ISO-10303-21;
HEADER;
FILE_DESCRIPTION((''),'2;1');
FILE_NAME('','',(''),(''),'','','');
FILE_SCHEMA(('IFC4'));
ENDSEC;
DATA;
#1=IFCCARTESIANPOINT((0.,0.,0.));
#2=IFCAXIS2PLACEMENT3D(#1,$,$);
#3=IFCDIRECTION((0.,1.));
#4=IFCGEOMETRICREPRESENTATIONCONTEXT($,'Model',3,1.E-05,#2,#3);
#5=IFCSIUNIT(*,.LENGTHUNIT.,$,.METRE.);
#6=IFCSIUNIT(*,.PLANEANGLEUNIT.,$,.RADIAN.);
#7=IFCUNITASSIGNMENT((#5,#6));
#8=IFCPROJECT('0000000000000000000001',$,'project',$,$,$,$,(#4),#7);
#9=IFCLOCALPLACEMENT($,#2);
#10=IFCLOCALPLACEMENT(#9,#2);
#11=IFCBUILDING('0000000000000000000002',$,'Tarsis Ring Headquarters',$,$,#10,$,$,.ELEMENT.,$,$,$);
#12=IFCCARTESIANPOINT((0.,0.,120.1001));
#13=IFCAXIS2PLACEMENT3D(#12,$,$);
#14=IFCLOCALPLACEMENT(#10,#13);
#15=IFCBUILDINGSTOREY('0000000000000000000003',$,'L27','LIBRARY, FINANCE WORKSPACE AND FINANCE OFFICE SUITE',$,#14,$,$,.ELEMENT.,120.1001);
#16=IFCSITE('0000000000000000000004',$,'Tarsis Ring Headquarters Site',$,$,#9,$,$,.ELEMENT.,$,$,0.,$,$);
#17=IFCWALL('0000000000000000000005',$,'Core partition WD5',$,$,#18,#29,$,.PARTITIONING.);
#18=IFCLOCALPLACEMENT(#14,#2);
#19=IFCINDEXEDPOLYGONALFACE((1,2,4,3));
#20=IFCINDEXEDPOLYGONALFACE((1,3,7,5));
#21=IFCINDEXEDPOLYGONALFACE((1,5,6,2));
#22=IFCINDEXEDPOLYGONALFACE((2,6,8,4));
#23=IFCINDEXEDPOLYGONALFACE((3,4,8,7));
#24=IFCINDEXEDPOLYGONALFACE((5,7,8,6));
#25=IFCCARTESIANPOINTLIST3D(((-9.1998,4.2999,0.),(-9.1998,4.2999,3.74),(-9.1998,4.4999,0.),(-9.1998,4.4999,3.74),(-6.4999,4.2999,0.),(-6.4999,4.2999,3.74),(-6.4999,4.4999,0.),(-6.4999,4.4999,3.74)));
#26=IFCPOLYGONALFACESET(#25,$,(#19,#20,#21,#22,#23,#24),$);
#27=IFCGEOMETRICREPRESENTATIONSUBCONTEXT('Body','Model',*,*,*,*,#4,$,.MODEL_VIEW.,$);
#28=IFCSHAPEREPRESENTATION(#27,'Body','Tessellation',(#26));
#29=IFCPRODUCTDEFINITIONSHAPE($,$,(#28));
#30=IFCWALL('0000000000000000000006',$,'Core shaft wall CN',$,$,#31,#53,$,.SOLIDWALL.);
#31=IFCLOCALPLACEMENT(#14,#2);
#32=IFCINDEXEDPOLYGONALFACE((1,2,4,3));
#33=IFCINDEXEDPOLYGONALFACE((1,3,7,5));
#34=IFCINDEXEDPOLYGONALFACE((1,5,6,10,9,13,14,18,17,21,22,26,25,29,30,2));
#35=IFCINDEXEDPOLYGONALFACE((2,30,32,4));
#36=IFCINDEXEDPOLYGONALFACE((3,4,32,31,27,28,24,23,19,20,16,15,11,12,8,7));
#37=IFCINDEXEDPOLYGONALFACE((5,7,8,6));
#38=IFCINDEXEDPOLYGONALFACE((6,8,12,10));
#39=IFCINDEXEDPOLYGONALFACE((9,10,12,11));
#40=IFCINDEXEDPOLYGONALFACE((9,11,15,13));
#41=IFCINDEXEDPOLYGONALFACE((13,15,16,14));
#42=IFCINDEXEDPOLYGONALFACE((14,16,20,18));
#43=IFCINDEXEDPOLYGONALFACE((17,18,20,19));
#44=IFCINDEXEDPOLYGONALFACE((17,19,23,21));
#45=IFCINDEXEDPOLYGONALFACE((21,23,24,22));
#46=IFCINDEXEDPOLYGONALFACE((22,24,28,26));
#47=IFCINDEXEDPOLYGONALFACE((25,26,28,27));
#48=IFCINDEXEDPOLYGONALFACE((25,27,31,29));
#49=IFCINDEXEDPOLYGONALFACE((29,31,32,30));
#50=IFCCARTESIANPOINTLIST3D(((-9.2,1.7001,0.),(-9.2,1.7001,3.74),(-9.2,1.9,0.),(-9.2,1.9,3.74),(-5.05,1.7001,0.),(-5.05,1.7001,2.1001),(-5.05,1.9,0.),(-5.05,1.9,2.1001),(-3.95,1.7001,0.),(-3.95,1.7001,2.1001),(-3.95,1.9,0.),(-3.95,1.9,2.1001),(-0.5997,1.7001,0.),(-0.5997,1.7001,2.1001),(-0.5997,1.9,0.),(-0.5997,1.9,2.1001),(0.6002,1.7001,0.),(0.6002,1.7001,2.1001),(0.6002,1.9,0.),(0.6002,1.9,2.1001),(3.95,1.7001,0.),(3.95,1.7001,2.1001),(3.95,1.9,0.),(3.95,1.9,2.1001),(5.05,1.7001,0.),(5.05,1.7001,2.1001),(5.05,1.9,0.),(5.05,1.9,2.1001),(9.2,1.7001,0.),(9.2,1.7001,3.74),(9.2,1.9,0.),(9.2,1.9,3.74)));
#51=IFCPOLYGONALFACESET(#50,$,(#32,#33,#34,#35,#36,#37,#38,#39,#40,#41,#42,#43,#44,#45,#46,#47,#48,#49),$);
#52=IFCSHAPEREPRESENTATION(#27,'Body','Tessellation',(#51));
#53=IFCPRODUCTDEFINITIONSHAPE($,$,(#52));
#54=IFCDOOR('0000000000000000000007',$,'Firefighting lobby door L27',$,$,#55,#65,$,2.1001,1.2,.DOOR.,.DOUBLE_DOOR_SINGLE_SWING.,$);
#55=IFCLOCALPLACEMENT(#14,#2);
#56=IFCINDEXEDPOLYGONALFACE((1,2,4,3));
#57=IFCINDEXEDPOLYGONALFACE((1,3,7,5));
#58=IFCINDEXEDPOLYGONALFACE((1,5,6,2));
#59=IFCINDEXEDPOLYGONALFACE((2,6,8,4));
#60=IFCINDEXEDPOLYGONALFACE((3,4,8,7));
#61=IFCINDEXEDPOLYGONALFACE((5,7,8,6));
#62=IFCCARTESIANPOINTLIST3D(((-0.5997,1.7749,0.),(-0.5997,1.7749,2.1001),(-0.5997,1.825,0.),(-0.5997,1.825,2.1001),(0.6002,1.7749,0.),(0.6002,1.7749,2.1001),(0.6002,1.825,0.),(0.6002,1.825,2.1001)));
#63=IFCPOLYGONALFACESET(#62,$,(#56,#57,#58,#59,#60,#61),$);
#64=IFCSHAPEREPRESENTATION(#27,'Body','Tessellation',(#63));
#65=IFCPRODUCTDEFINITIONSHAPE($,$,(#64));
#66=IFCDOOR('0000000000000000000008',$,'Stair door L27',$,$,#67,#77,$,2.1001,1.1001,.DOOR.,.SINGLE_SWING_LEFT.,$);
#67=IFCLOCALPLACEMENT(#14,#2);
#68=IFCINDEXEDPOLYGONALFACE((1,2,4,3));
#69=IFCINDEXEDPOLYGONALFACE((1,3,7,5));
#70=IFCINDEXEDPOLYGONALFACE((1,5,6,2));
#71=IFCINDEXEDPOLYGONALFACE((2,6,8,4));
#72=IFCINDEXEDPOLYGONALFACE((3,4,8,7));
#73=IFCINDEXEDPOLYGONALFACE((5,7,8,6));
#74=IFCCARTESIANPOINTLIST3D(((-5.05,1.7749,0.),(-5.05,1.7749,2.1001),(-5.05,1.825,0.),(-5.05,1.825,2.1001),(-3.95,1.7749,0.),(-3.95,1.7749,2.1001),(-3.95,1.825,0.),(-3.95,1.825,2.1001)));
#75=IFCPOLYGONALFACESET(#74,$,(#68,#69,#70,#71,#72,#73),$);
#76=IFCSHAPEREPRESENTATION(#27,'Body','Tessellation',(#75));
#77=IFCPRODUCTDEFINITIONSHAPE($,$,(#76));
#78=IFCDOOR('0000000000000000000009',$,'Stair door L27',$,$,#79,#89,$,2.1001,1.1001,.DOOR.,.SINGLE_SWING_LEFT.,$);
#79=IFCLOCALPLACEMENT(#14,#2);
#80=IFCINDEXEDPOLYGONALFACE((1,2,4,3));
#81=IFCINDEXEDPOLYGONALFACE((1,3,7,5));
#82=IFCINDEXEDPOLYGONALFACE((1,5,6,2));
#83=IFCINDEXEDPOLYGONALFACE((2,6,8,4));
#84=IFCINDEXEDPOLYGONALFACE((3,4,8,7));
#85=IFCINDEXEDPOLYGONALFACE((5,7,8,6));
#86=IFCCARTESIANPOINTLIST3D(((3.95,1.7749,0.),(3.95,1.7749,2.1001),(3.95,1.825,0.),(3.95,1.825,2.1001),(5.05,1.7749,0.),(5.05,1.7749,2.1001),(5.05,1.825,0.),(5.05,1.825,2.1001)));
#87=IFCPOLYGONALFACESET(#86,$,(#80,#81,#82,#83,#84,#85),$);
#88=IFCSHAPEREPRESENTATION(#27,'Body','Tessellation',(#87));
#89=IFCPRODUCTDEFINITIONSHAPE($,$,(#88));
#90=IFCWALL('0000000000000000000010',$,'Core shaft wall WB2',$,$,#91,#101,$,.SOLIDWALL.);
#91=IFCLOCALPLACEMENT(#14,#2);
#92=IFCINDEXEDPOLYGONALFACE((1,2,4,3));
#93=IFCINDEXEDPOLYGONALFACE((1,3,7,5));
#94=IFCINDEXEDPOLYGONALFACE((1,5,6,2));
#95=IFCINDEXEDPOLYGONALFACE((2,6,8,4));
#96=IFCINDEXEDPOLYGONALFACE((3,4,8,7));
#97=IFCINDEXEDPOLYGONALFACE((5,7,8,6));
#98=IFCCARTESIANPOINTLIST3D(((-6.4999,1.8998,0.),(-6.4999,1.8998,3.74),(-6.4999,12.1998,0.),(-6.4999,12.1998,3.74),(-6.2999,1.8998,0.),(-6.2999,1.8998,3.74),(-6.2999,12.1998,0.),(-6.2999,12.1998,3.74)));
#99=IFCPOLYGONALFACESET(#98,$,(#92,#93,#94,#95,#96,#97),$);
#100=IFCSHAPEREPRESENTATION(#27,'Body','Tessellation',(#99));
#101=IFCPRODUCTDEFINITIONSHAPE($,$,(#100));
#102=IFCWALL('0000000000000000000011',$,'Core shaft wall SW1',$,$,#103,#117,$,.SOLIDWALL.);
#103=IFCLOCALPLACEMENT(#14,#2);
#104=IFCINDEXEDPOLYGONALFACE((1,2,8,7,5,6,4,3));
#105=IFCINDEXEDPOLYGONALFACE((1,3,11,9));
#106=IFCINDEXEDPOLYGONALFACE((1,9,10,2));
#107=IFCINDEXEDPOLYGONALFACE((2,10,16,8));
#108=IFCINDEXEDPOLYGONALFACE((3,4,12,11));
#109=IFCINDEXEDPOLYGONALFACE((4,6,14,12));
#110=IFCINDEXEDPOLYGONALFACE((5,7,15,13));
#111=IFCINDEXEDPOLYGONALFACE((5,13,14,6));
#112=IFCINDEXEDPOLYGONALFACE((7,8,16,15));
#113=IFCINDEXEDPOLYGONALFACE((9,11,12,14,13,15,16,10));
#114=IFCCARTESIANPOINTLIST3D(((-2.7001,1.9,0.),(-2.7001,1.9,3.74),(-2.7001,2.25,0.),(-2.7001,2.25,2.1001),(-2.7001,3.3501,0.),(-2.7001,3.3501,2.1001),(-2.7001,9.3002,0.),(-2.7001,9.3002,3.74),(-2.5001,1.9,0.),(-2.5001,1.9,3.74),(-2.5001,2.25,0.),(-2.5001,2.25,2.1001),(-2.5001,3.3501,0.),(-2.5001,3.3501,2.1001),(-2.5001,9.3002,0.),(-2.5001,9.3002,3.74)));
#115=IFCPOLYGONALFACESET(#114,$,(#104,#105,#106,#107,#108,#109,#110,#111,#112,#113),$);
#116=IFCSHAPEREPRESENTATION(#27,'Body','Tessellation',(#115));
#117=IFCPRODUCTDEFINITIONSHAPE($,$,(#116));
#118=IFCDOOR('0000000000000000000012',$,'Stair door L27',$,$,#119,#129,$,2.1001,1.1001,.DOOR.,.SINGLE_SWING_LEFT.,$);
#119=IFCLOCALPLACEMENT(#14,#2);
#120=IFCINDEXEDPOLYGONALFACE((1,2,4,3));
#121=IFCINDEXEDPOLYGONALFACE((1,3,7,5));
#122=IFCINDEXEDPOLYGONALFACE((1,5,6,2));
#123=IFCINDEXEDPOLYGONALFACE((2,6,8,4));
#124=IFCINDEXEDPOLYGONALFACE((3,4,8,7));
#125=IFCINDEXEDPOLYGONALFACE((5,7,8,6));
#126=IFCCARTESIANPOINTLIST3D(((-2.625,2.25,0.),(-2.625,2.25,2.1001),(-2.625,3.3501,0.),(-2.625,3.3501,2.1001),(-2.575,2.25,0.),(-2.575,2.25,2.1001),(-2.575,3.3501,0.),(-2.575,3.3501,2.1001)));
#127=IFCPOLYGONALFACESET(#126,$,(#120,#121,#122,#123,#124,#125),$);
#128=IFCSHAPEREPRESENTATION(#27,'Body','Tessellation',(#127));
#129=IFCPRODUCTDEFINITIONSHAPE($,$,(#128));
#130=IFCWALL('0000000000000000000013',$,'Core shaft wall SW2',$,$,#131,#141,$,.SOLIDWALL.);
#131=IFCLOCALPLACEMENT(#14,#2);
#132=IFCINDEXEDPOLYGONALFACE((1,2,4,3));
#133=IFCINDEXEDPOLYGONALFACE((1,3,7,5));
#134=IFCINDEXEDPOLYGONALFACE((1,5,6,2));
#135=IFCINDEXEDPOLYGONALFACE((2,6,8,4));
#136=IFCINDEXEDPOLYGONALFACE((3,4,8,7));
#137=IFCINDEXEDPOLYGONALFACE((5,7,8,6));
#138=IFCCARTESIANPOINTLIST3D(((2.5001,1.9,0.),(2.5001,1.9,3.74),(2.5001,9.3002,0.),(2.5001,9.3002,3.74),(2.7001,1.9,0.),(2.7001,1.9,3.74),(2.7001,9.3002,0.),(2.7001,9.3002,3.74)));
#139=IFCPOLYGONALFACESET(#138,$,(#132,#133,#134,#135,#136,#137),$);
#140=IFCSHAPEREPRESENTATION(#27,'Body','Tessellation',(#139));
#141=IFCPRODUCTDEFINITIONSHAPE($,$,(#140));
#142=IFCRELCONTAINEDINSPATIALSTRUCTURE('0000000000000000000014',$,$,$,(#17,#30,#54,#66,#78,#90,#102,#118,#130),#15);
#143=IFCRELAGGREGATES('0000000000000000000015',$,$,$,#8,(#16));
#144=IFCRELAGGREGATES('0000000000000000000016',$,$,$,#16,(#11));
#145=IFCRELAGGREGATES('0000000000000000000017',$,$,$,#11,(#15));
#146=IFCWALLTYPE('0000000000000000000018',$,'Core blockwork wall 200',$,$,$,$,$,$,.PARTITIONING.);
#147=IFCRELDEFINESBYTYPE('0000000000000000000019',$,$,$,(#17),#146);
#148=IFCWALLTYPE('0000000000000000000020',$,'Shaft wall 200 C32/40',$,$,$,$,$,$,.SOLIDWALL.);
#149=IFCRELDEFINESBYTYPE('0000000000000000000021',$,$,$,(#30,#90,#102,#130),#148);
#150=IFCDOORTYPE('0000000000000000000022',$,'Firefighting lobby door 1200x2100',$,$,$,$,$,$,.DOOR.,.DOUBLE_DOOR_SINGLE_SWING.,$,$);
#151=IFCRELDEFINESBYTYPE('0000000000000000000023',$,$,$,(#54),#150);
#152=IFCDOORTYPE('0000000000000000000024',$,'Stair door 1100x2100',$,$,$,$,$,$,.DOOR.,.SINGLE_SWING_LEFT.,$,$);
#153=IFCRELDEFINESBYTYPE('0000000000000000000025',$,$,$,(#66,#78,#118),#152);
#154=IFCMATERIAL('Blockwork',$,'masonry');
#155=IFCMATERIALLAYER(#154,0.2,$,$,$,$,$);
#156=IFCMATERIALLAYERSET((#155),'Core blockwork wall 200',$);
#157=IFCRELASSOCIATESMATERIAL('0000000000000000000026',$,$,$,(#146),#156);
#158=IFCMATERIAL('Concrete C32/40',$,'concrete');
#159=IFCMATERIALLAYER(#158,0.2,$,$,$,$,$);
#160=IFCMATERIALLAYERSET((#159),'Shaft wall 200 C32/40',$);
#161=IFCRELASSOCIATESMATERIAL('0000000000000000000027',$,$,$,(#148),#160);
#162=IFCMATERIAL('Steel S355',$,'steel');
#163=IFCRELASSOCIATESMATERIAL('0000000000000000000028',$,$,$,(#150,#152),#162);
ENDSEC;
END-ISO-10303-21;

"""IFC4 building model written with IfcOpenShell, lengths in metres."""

from ifc_helpers import new_model, si_unit, direction, frame, frame_2d, origin, place, context, subcontext, project, spatial, rectangle, extrude, material, layer, layer_set, type_object, element, fill, save


model = new_model("IFC4")

# Units and contexts
model_context = context("Model", 3, precision=1e-05, world=origin(), true_north=direction((0.0, 1.0)))
body_context = subcontext(model_context, "Body", "Model", "MODEL_VIEW")
ifc_project = project(units=[si_unit("LENGTHUNIT", "METRE"), si_unit("PLANEANGLEUNIT", "RADIAN")], contexts=[model_context])

# Site, building, storey
site_placement = place(None, origin())
site = spatial("IfcSite", under=ifc_project, at=site_placement, Name="Tarsis Ring Headquarters Site", CompositionType="ELEMENT", RefElevation=0.0)
building_placement = place(site_placement, origin())
building = spatial("IfcBuilding", under=site, at=building_placement, Name="Tarsis Ring Headquarters", CompositionType="ELEMENT")
storey_placement = place(building_placement, frame((0.0, 0.0, 120.1001)))
storey = spatial("IfcBuildingStorey", under=building, at=storey_placement, Name="L27", Description="LIBRARY, FINANCE WORKSPACE AND FINANCE OFFICE SUITE", CompositionType="ELEMENT", Elevation=120.1001)

# Wall
ifc_material_1 = material(Name="Blockwork", Category="masonry")
ifc_layer_1 = layer(ifc_material_1, 0.2)
ifc_layer_set_1 = layer_set([ifc_layer_1], Name="Core blockwork wall 200")
wall_type_1 = type_object("IfcWallType", Name="Core blockwork wall 200", PredefinedType="PARTITIONING", material=ifc_layer_set_1)
wall_1_placement = place(storey_placement, frame((-9.2, 4.3999, 0.0), z_axis=(0.0, 0.0, 1.0), x_axis=(1.0, 0.0, 0.0)))
element("IfcWall", 1, at=wall_1_placement, inside=storey, type_object=wall_type_1, Name="Core partition WD5", PredefinedType="PARTITIONING", context=body_context, shape_type="SweptSolid", body=[
    extrude(rectangle(XDim=2.7, YDim=0.2, at=frame_2d((1.3501, 0.0))), origin(), (0.0, 0.0, 1.0), 3.74),
])

# Wall, openings, doors
ifc_material_2 = material(Name="Concrete C32/40", Category="concrete")
ifc_layer_2 = layer(ifc_material_2, 0.2)
ifc_layer_set_2 = layer_set([ifc_layer_2], Name="Shaft wall 200 C32/40")
wall_type_2 = type_object("IfcWallType", Name="Shaft wall 200 C32/40", PredefinedType="SOLIDWALL", material=ifc_layer_set_2)
wall_2_placement = place(storey_placement, frame((-9.2, 1.8, 0.0), z_axis=(0.0, 0.0, 1.0), x_axis=(1.0, 0.0, 0.0)))
wall_2 = element("IfcWall", 2, at=wall_2_placement, inside=storey, type_object=wall_type_2, Name="Core shaft wall CN", PredefinedType="SOLIDWALL", context=body_context, shape_type="SweptSolid", body=[
    extrude(rectangle(XDim=18.3999, YDim=0.2, at=frame_2d((9.2, 0.0))), origin(), (0.0, 0.0, 1.0), 3.74),
])
opening_1_placement = place(wall_2_placement, frame((4.1499, 0.0, 0.0)))
opening_1 = element("IfcOpeningElement", 3, at=opening_1_placement, cuts=wall_2, PredefinedType="OPENING", context=body_context, shape_type="SweptSolid", body=[
    extrude(rectangle(XDim=1.1001, YDim=2.1001, at=frame_2d((0.55, 1.05))), frame((0.0, 0.1099, 0.0), z_axis=(0.0, -1.0, 0.0), x_axis=(1.0, 0.0, 0.0)), (0.0, 0.0, 1.0), 0.22),
])
opening_2_placement = place(wall_2_placement, frame((8.6001, 0.0, 0.0)))
opening_2 = element("IfcOpeningElement", 4, at=opening_2_placement, cuts=wall_2, PredefinedType="OPENING", context=body_context, shape_type="SweptSolid", body=[
    extrude(rectangle(XDim=1.2, YDim=2.1001, at=frame_2d((0.6001, 1.05))), frame((0.0, 0.1099, 0.0), z_axis=(0.0, -1.0, 0.0), x_axis=(1.0, 0.0, 0.0)), (0.0, 0.0, 1.0), 0.22),
])
opening_3_placement = place(wall_2_placement, frame((13.1499, 0.0, 0.0)))
opening_3 = element("IfcOpeningElement", 5, at=opening_3_placement, cuts=wall_2, PredefinedType="OPENING", context=body_context, shape_type="SweptSolid", body=[
    extrude(rectangle(XDim=1.1001, YDim=2.1001, at=frame_2d((0.55, 1.05))), frame((0.0, 0.1099, 0.0), z_axis=(0.0, -1.0, 0.0), x_axis=(1.0, 0.0, 0.0)), (0.0, 0.0, 1.0), 0.22),
])
ifc_material_3 = material(Name="Steel S355", Category="steel")
door_type_1 = type_object("IfcDoorType", Name="Firefighting lobby door 1200x2100", OperationType="DOUBLE_DOOR_SINGLE_SWING", PredefinedType="DOOR", material=ifc_material_3)
door_1_placement = place(opening_2_placement, origin())
door_1 = element("IfcDoor", 6, at=door_1_placement, inside=storey, type_object=door_type_1, Name="Firefighting lobby door L27", OperationType="DOUBLE_DOOR_SINGLE_SWING", OverallHeight=2.1001, OverallWidth=1.2, PredefinedType="DOOR", context=body_context, shape_type="SweptSolid", body=[
    extrude(rectangle(XDim=1.2, YDim=2.1001, at=frame_2d((0.6001, 1.05))), frame((0.0, 0.0249, 0.0), z_axis=(0.0, -1.0, 0.0), x_axis=(1.0, 0.0, 0.0)), (0.0, 0.0, 1.0), 0.05),
])
fill(opening_2, door_1)
door_type_2 = type_object("IfcDoorType", Name="Stair door 1100x2100", OperationType="SINGLE_SWING_LEFT", PredefinedType="DOOR", material=ifc_material_3)
door_2_placement = place(opening_1_placement, origin())
door_2 = element("IfcDoor", 7, at=door_2_placement, inside=storey, type_object=door_type_2, Name="Stair door L27", OperationType="SINGLE_SWING_LEFT", OverallHeight=2.1001, OverallWidth=1.1001, PredefinedType="DOOR", context=body_context, shape_type="SweptSolid", body=[
    extrude(rectangle(XDim=1.1001, YDim=2.1001, at=frame_2d((0.55, 1.05))), frame((0.0, 0.0249, 0.0), z_axis=(0.0, -1.0, 0.0), x_axis=(1.0, 0.0, 0.0)), (0.0, 0.0, 1.0), 0.05),
])
fill(opening_1, door_2)
door_3_placement = place(opening_3_placement, origin())
door_3 = element("IfcDoor", 8, at=door_3_placement, inside=storey, type_object=door_type_2, Name="Stair door L27", OperationType="SINGLE_SWING_LEFT", OverallHeight=2.1001, OverallWidth=1.1001, PredefinedType="DOOR", context=body_context, shape_type="SweptSolid", body=[
    extrude(rectangle(XDim=1.1001, YDim=2.1001, at=frame_2d((0.55, 1.05))), frame((0.0, 0.0249, 0.0), z_axis=(0.0, -1.0, 0.0), x_axis=(1.0, 0.0, 0.0)), (0.0, 0.0, 1.0), 0.05),
])
fill(opening_3, door_3)

# Wall
wall_3_placement = place(storey_placement, frame((-6.3999, 1.8999, 0.0), z_axis=(0.0, 0.0, 1.0), x_axis=(0.0, 1.0, 0.0)))
element("IfcWall", 9, at=wall_3_placement, inside=storey, type_object=wall_type_2, Name="Core shaft wall WB2", PredefinedType="SOLIDWALL", context=body_context, shape_type="SweptSolid", body=[
    extrude(rectangle(XDim=10.3, YDim=0.2, at=frame_2d((5.1499, 0.0))), origin(), (0.0, 0.0, 1.0), 3.74),
])

# Wall, opening, door
wall_4_placement = place(storey_placement, frame((-2.6001, 1.8999, 0.0), z_axis=(0.0, 0.0, 1.0), x_axis=(0.0, 1.0, 0.0)))
wall_4 = element("IfcWall", 10, at=wall_4_placement, inside=storey, type_object=wall_type_2, Name="Core shaft wall SW1", PredefinedType="SOLIDWALL", context=body_context, shape_type="SweptSolid", body=[
    extrude(rectangle(XDim=7.4001, YDim=0.2, at=frame_2d((3.7002, 0.0))), origin(), (0.0, 0.0, 1.0), 3.74),
])
opening_4_placement = place(wall_4_placement, frame((0.3501, 0.0, 0.0)))
opening_4 = element("IfcOpeningElement", 11, at=opening_4_placement, cuts=wall_4, PredefinedType="OPENING", context=body_context, shape_type="SweptSolid", body=[
    extrude(rectangle(XDim=1.1001, YDim=2.1001, at=frame_2d((0.55, 1.05))), frame((0.0, 0.1099, 0.0), z_axis=(0.0, -1.0, 0.0), x_axis=(1.0, 0.0, 0.0)), (0.0, 0.0, 1.0), 0.22),
])
door_4_placement = place(opening_4_placement, origin())
door_4 = element("IfcDoor", 12, at=door_4_placement, inside=storey, type_object=door_type_2, Name="Stair door L27", OperationType="SINGLE_SWING_LEFT", OverallHeight=2.1001, OverallWidth=1.1001, PredefinedType="DOOR", context=body_context, shape_type="SweptSolid", body=[
    extrude(rectangle(XDim=1.1001, YDim=2.1001, at=frame_2d((0.55, 1.05))), frame((0.0, 0.0249, 0.0), z_axis=(0.0, -1.0, 0.0), x_axis=(1.0, 0.0, 0.0)), (0.0, 0.0, 1.0), 0.05),
])
fill(opening_4, door_4)

# Wall
wall_5_placement = place(storey_placement, frame((2.6001, 1.8999, 0.0), z_axis=(0.0, 0.0, 1.0), x_axis=(0.0, 1.0, 0.0)))
element("IfcWall", 13, at=wall_5_placement, inside=storey, type_object=wall_type_2, Name="Core shaft wall SW2", PredefinedType="SOLIDWALL", context=body_context, shape_type="SweptSolid", body=[
    extrude(rectangle(XDim=7.4001, YDim=0.2, at=frame_2d((3.7002, 0.0))), origin(), (0.0, 0.0, 1.0), 3.74),
])

save(model, "model.ifc")
